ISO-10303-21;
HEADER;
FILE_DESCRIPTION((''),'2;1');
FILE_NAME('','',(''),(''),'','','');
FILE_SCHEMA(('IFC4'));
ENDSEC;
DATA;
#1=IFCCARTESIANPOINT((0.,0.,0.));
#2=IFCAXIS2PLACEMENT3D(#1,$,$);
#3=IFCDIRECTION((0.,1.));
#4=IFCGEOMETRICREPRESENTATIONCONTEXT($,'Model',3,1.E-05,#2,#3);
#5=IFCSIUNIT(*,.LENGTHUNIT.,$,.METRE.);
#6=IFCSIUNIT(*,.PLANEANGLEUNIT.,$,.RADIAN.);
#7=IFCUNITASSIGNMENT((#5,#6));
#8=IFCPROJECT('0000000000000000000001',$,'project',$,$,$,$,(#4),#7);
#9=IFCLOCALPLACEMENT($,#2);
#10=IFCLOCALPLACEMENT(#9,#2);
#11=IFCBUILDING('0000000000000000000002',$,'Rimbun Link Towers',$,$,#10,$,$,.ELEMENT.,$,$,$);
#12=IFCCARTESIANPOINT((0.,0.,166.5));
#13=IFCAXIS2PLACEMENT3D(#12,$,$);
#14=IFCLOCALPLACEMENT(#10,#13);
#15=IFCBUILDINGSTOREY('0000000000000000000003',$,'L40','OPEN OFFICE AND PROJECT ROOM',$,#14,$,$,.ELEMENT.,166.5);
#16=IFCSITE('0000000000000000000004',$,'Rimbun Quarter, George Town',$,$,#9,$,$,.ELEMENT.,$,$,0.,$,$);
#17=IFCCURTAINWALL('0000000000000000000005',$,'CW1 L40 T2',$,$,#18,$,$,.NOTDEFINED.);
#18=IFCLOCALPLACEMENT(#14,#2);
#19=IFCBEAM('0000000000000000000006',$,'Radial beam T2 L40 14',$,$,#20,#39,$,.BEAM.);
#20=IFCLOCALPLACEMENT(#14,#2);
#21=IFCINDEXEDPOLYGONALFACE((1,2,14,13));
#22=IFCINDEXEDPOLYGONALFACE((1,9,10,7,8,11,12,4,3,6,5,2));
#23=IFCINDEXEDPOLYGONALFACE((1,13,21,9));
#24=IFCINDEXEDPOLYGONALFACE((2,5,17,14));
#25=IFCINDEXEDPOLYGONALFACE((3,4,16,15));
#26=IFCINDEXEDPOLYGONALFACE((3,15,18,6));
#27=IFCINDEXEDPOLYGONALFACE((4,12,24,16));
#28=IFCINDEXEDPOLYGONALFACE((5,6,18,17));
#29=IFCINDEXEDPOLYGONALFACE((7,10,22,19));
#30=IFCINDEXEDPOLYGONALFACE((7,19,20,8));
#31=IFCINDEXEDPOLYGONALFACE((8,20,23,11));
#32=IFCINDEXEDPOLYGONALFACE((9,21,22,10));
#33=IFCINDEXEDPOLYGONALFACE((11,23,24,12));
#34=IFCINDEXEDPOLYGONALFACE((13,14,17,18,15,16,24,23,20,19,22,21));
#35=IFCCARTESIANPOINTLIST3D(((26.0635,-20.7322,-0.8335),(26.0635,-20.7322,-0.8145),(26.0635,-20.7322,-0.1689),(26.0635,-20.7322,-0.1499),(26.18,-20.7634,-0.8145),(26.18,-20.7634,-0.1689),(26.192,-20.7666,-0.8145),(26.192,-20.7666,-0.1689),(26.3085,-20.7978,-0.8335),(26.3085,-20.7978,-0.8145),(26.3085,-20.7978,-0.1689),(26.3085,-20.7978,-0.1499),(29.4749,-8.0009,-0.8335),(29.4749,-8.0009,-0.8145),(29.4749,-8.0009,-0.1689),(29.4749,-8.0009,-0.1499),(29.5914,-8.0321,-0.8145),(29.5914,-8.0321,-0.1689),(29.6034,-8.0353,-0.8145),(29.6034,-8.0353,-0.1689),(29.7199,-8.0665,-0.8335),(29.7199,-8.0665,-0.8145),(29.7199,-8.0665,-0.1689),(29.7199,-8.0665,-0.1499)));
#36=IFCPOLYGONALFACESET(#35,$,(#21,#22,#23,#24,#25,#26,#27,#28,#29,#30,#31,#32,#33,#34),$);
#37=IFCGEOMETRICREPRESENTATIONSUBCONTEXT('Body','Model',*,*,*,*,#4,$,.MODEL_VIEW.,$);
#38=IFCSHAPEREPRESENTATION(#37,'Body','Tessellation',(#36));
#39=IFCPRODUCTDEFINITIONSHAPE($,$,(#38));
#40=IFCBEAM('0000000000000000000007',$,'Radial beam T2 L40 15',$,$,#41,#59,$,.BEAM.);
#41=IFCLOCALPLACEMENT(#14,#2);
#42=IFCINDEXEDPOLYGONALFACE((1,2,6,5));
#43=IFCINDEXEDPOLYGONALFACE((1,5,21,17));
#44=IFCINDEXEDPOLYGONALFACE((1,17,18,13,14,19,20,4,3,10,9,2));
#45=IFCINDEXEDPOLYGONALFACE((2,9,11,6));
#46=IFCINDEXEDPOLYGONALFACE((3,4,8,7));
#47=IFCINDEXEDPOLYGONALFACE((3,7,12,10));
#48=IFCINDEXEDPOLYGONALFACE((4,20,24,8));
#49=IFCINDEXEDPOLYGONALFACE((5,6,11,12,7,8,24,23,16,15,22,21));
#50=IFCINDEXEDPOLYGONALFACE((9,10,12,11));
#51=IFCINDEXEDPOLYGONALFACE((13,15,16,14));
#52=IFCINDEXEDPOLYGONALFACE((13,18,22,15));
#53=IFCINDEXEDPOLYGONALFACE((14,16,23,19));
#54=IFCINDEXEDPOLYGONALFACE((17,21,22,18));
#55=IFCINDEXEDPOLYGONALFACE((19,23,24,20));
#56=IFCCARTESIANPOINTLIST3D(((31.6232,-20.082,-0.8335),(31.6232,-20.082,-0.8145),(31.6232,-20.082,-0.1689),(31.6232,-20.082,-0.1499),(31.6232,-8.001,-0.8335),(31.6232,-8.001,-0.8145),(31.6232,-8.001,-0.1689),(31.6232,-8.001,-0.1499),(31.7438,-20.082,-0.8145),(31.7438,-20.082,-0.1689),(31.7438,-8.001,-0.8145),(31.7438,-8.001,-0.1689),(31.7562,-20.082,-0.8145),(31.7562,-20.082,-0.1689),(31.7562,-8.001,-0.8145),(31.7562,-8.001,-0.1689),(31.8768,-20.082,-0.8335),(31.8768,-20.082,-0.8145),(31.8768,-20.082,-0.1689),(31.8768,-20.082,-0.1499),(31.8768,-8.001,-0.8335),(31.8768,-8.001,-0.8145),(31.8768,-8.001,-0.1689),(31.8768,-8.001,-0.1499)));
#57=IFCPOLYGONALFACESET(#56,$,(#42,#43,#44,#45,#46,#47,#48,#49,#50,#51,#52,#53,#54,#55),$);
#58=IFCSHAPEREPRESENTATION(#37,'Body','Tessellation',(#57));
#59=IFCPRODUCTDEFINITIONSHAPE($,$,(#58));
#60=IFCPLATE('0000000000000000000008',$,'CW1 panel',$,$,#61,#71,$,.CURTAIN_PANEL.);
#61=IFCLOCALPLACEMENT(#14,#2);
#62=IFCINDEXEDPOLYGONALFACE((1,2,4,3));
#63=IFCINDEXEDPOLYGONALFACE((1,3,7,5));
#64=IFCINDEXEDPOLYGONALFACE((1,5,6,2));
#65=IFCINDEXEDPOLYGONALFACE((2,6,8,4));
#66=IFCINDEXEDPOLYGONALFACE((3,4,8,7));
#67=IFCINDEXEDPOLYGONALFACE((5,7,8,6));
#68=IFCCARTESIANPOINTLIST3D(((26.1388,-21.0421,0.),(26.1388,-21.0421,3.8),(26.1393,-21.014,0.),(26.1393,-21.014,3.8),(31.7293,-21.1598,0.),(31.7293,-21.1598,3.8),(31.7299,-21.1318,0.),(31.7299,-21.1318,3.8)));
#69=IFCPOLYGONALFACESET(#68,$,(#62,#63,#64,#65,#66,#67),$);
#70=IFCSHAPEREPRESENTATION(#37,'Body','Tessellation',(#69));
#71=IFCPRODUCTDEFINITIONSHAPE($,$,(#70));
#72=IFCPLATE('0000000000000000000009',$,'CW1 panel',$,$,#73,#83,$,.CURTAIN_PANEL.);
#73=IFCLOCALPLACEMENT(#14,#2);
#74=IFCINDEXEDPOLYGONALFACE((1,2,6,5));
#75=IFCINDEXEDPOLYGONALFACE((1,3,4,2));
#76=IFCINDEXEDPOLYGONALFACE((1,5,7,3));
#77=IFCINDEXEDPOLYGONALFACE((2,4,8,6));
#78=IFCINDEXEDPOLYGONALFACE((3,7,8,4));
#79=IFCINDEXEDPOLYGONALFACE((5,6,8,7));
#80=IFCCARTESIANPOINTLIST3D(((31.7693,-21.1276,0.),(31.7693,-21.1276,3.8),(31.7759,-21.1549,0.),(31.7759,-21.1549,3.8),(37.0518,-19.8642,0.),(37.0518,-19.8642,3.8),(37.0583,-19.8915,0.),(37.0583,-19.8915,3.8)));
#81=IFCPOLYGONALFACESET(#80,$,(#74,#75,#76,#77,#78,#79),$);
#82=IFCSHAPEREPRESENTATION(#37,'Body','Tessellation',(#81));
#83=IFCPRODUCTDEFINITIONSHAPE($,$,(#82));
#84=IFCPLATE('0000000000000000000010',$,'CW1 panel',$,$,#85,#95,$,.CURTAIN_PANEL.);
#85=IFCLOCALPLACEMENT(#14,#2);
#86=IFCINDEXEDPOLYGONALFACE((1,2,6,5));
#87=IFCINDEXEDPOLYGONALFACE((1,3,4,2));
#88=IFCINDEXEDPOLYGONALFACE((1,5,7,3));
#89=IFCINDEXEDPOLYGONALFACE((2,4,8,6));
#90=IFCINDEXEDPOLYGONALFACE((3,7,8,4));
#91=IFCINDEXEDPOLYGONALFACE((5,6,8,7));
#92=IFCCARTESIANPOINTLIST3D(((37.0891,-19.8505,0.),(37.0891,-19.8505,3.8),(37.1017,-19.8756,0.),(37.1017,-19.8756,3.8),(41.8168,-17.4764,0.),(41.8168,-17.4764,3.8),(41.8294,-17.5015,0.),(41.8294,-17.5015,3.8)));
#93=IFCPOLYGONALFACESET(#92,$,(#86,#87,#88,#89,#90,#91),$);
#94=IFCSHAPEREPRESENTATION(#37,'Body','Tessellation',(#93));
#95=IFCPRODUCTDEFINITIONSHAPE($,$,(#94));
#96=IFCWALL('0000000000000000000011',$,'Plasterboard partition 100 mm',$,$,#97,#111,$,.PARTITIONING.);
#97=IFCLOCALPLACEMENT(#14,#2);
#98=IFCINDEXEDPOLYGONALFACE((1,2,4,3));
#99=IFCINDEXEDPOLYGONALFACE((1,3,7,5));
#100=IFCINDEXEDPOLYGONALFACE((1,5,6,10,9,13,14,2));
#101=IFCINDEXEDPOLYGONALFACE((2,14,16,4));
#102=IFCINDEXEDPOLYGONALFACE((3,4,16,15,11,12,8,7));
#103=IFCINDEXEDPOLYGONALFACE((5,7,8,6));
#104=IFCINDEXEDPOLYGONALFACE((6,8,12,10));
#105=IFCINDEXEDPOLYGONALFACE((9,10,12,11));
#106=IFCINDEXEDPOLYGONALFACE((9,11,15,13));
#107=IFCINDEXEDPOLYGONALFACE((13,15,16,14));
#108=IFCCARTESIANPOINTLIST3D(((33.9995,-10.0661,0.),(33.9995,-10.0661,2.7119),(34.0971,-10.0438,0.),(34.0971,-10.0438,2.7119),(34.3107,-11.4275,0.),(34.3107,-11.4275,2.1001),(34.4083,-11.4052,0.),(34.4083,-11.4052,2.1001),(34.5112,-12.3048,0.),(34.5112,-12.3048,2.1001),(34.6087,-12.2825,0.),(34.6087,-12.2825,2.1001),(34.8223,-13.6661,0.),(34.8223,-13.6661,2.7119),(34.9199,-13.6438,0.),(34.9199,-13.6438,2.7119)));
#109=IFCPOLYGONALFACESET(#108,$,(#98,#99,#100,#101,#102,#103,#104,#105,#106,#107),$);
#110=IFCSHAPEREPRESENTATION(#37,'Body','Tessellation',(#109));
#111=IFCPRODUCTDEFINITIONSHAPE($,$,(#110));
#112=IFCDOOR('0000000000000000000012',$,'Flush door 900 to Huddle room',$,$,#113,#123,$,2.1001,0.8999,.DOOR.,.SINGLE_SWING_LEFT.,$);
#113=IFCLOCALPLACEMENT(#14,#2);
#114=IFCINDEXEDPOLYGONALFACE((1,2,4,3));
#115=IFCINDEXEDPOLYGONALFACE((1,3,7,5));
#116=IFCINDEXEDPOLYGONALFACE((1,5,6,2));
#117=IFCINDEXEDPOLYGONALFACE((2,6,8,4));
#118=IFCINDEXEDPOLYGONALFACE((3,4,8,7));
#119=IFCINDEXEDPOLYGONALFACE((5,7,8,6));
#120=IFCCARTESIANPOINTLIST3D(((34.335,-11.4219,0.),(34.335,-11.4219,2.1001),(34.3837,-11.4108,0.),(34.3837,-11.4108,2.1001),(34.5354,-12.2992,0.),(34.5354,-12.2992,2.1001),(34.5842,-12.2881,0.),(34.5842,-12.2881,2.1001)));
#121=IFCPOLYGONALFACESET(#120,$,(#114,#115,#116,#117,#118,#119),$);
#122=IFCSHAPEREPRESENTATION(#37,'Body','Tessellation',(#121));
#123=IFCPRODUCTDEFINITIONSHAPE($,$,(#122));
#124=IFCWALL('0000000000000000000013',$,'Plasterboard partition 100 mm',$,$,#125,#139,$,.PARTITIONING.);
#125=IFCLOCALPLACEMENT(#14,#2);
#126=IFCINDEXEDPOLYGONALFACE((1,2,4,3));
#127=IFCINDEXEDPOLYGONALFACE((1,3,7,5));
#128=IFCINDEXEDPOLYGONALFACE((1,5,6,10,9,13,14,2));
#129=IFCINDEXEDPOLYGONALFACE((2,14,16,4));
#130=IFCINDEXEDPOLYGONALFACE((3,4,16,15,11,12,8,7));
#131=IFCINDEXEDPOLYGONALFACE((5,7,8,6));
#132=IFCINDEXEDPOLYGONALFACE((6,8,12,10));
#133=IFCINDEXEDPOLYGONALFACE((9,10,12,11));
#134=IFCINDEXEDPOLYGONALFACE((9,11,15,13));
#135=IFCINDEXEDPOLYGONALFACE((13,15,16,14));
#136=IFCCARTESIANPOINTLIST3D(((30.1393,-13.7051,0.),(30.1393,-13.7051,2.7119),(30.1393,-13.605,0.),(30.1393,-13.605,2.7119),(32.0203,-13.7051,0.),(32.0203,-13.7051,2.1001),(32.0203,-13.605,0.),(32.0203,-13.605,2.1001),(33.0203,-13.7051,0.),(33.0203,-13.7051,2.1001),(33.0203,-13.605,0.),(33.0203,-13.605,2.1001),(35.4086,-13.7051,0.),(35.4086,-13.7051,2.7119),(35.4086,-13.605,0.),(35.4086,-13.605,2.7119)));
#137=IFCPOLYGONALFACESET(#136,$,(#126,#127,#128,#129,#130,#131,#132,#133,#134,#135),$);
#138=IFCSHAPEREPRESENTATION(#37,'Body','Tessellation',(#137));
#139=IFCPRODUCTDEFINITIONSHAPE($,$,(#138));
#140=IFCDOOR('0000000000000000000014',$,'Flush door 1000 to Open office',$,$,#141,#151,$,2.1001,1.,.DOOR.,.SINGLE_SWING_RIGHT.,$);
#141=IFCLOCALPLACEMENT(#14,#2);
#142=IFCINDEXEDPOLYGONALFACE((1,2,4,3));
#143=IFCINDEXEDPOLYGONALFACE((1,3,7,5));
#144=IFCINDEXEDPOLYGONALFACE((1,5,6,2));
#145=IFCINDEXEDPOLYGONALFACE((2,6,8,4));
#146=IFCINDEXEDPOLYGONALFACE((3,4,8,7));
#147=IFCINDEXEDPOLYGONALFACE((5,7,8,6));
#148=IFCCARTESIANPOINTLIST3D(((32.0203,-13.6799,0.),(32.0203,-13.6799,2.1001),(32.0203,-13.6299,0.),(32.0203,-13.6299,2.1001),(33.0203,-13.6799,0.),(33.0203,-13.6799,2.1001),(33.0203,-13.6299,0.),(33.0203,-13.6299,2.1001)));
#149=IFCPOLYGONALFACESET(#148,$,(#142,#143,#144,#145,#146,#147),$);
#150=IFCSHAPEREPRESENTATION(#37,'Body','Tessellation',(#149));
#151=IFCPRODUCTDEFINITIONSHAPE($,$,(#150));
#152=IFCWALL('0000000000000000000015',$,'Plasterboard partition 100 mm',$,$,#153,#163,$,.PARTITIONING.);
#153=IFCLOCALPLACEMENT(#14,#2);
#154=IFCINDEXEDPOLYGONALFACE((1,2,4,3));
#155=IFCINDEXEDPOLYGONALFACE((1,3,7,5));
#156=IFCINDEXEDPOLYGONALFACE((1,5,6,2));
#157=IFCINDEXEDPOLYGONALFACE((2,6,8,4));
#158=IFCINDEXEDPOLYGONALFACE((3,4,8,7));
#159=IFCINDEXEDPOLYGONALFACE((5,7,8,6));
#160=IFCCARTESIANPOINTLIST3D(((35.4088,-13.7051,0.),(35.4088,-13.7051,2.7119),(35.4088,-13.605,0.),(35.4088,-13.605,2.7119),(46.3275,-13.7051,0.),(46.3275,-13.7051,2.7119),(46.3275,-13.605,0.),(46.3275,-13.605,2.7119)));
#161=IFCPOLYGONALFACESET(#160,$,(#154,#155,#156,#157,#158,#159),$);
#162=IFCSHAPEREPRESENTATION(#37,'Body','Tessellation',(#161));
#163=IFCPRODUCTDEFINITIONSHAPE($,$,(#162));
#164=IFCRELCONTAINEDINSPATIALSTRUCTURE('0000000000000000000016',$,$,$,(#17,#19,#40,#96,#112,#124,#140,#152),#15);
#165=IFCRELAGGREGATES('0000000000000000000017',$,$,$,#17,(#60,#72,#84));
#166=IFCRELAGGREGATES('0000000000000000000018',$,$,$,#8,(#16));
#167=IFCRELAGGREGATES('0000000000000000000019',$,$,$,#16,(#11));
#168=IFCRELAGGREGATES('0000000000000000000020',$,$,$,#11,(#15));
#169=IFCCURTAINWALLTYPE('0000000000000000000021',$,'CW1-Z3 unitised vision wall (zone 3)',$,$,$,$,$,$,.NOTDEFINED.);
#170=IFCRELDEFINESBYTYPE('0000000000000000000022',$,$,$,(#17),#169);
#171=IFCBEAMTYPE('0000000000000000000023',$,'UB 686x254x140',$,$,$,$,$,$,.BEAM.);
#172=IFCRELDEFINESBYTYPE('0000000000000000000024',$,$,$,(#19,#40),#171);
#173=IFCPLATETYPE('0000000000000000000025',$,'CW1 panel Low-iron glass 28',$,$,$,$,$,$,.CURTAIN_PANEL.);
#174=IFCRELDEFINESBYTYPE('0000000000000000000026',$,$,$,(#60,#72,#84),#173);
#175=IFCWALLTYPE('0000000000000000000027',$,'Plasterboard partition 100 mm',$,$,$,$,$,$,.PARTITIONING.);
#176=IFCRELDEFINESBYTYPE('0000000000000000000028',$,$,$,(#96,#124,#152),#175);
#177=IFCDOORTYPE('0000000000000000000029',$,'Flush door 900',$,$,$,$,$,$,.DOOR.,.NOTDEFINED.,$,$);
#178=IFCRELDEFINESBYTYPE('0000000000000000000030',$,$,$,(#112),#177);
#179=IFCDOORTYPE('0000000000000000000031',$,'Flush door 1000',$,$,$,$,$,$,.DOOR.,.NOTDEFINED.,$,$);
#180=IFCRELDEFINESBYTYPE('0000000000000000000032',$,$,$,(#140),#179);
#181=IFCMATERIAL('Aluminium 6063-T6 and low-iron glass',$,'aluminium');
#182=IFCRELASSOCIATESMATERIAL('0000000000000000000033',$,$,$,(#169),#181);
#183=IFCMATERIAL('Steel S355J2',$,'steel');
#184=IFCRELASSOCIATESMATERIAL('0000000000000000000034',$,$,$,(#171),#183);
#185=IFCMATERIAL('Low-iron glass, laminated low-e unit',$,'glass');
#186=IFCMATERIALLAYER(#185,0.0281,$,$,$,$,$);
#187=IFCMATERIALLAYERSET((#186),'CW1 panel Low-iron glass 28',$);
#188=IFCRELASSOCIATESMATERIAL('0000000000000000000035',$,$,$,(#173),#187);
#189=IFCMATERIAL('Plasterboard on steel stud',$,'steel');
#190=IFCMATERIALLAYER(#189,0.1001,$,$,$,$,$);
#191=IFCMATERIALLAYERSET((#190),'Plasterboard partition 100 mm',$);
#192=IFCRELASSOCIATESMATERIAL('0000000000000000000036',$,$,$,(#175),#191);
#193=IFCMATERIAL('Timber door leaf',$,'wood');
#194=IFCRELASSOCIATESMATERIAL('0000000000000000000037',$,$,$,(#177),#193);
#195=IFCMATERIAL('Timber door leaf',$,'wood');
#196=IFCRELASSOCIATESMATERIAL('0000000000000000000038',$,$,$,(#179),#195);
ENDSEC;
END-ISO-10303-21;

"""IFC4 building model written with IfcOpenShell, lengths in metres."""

from ifc_helpers import new_model, si_unit, direction, frame, frame_2d, origin, origin_2d, place, context, subcontext, project, spatial, rectangle, i_section, extrude, material, layer, layer_set, material_profile, profile_set, type_object, element, fill, aggregate, save


model = new_model("IFC4")

# Units and contexts
model_context = context("Model", 3, precision=1e-05, world=origin(), true_north=direction((0.0, 1.0)))
body_context = subcontext(model_context, "Body", "Model", "MODEL_VIEW")
ifc_project = project(units=[si_unit("LENGTHUNIT", "METRE"), si_unit("PLANEANGLEUNIT", "RADIAN")], contexts=[model_context])

# Site, building, storey
site_placement = place(None, origin())
site = spatial("IfcSite", under=ifc_project, at=site_placement, Name="Rimbun Quarter, George Town", CompositionType="ELEMENT", RefElevation=0.0)
building_placement = place(site_placement, origin())
building = spatial("IfcBuilding", under=site, at=building_placement, Name="Rimbun Link Towers", CompositionType="ELEMENT")
storey_placement = place(building_placement, frame((0.0, 0.0, 166.5)))
storey = spatial("IfcBuildingStorey", under=building, at=storey_placement, Name="L40", Description="OPEN OFFICE AND PROJECT ROOM", CompositionType="ELEMENT", Elevation=166.5)

# Curtain wall
ifc_material_1 = material(Name="Aluminium 6063-T6 and low-iron glass", Category="aluminium")
curtain_wall_type = type_object("IfcCurtainWallType", Name="CW1-Z3 unitised vision wall (zone 3)", PredefinedType="NOTDEFINED", material=ifc_material_1)
curtain_wall_placement = place(storey_placement, origin())
curtain_wall = element("IfcCurtainWall", 1, at=curtain_wall_placement, inside=storey, type_object=curtain_wall_type, Name="CW1 L40 T2", PredefinedType="NOTDEFINED")

# Beams
ifc_material_2 = material(Name="Steel S355J2", Category="steel")
ifc_material_profile_1 = material_profile(ifc_material_2, i_section(OverallWidth=0.2537, OverallDepth=0.6836, WebThickness=0.0125, FlangeThickness=0.019, at=origin_2d()), Name="UB 686x254x140")
ifc_profile_set_1 = profile_set([ifc_material_profile_1], Name="Steel S355J2")
beam_type_1 = type_object("IfcBeamType", Name="UB 686x254x140", PredefinedType="BEAM", material=ifc_profile_set_1)
beam_1_placement = place(storey_placement, frame((29.5974, -8.0337, -0.4917), z_axis=(-0.258823, -0.965925, 0.0), x_axis=(0.965925, -0.258823, 0.0)))
element("IfcBeam", 2, at=beam_1_placement, inside=storey, type_object=beam_type_1, Name="Radial beam T2 L40 14", PredefinedType="BEAM", context=body_context, shape_type="SweptSolid", body=[
    extrude(i_section(OverallWidth=0.2537, OverallDepth=0.6836, WebThickness=0.0125, FlangeThickness=0.019, at=origin_2d()), origin(), (0.0, 0.0, 1.0), 13.1804),
])
beam_2_placement = place(storey_placement, frame((31.75, -8.001, -0.4917), z_axis=(0.0, -1.0, 0.0), x_axis=(1.0, 0.0, 0.0)))
element("IfcBeam", 3, at=beam_2_placement, inside=storey, type_object=beam_type_1, Name="Radial beam T2 L40 15", PredefinedType="BEAM", context=body_context, shape_type="SweptSolid", body=[
    extrude(i_section(OverallWidth=0.2537, OverallDepth=0.6836, WebThickness=0.0125, FlangeThickness=0.019, at=origin_2d()), origin(), (0.0, 0.0, 1.0), 12.0811),
])

# Plates
ifc_material_3 = material(Name="Low-iron glass, laminated low-e unit", Category="glass")
ifc_layer_1 = layer(ifc_material_3, 0.0281)
ifc_layer_set_1 = layer_set([ifc_layer_1], Name="CW1 panel Low-iron glass 28")
plate_type = type_object("IfcPlateType", Name="CW1 panel Low-iron glass 28", PredefinedType="CURTAIN_PANEL", material=ifc_layer_set_1)
plate_1_placement = place(storey_placement, frame((28.9343, -21.0869, 0.0), z_axis=(0.0, 0.0, 1.0), x_axis=(-0.999778, 0.021059, 0.0)))
plate_1 = element("IfcPlate", 4, at=plate_1_placement, type_object=plate_type, Name="CW1 panel", PredefinedType="CURTAIN_PANEL", context=body_context, shape_type="SweptSolid", body=[
    extrude(rectangle(XDim=5.5918, YDim=0.0281, at=origin_2d()), origin(), (0.0, 0.0, 1.0), 3.8),
])
plate_2_placement = place(storey_placement, frame((34.4138, -20.5095, 0.0), z_axis=(0.0, 0.0, 1.0), x_axis=(-0.97257, -0.23261, 0.0)))
plate_2 = element("IfcPlate", 5, at=plate_2_placement, type_object=plate_type, Name="CW1 panel", PredefinedType="CURTAIN_PANEL", context=body_context, shape_type="SweptSolid", body=[
    extrude(rectangle(XDim=5.4314, YDim=0.0281, at=origin_2d()), origin(), (0.0, 0.0, 1.0), 3.8),
])
plate_3_placement = place(storey_placement, frame((39.4592, -18.676, 0.0), z_axis=(0.0, 0.0, 1.0), x_axis=(-0.893649, -0.448766, 0.0)))
plate_3 = element("IfcPlate", 6, at=plate_3_placement, type_object=plate_type, Name="CW1 panel", PredefinedType="CURTAIN_PANEL", context=body_context, shape_type="SweptSolid", body=[
    extrude(rectangle(XDim=5.2903, YDim=0.0281, at=origin_2d()), origin(), (0.0, 0.0, 1.0), 3.8),
])
aggregate(curtain_wall, [plate_1, plate_2, plate_3])

# Walls, openings, doors
ifc_material_4 = material(Name="Plasterboard on steel stud", Category="steel")
ifc_layer_2 = layer(ifc_material_4, 0.1001)
ifc_layer_set_2 = layer_set([ifc_layer_2], Name="Plasterboard partition 100 mm")
wall_type_1 = type_object("IfcWallType", Name="Plasterboard partition 100 mm", PredefinedType="PARTITIONING", material=ifc_layer_set_2)
wall_1_placement = place(storey_placement, frame((34.0483, -10.0549, 0.0), z_axis=(0.0, 0.0, 1.0), x_axis=(0.222792, -0.974866, 0.0)))
wall_1 = element("IfcWall", 7, at=wall_1_placement, inside=storey, type_object=wall_type_1, Name="Plasterboard partition 100 mm", PredefinedType="PARTITIONING", context=body_context, shape_type="SweptSolid", body=[
    extrude(rectangle(XDim=3.6929, YDim=0.1001, at=frame_2d((1.8464, 0.0))), origin(), (0.0, 0.0, 1.0), 2.7119),
])
opening_1_placement = place(wall_1_placement, frame((1.3965, 0.0, 0.0)))
opening_1 = element("IfcOpeningElement", 8, at=opening_1_placement, cuts=wall_1, PredefinedType="OPENING", context=body_context, shape_type="SweptSolid", body=[
    extrude(rectangle(XDim=0.8999, YDim=2.1001, at=frame_2d((0.45, 1.05))), frame((0.0, 0.0601, 0.0), z_axis=(0.0, -1.0, 0.0), x_axis=(1.0, 0.0, 0.0)), (0.0, 0.0, 1.0), 0.1201),
])
ifc_material_5 = material(Name="Timber door leaf", Category="wood")
door_type_1 = type_object("IfcDoorType", Name="Flush door 900", OperationType="NOTDEFINED", PredefinedType="DOOR", material=ifc_material_5)
door_1_placement = place(opening_1_placement, origin())
door_1 = element("IfcDoor", 9, at=door_1_placement, inside=storey, type_object=door_type_1, Name="Flush door 900 to Huddle room", OperationType="SINGLE_SWING_LEFT", OverallHeight=2.1001, OverallWidth=0.8999, PredefinedType="DOOR", context=body_context, shape_type="SweptSolid", body=[
    extrude(rectangle(XDim=0.8999, YDim=2.1001, at=frame_2d((0.45, 1.05))), frame((0.0, 0.0249, 0.0), z_axis=(0.0, -1.0, 0.0), x_axis=(1.0, 0.0, 0.0)), (0.0, 0.0, 1.0), 0.05),
])
fill(opening_1, door_1)
wall_2_placement = place(storey_placement, frame((35.4087, -13.655, 0.0), z_axis=(0.0, 0.0, 1.0), x_axis=(-1.0, 0.0, 0.0)))
wall_2 = element("IfcWall", 10, at=wall_2_placement, inside=storey, type_object=wall_type_1, Name="Plasterboard partition 100 mm", PredefinedType="PARTITIONING", context=body_context, shape_type="SweptSolid", body=[
    extrude(rectangle(XDim=5.2693, YDim=0.1001, at=frame_2d((2.6348, 0.0))), origin(), (0.0, 0.0, 1.0), 2.7119),
])
opening_2_placement = place(wall_2_placement, frame((2.3884, 0.0, 0.0)))
opening_2 = element("IfcOpeningElement", 11, at=opening_2_placement, cuts=wall_2, PredefinedType="OPENING", context=body_context, shape_type="SweptSolid", body=[
    extrude(rectangle(XDim=1.0, YDim=2.1001, at=frame_2d((0.5, 1.05))), frame((0.0, 0.0601, 0.0), z_axis=(0.0, -1.0, 0.0), x_axis=(1.0, 0.0, 0.0)), (0.0, 0.0, 1.0), 0.1201),
])
ifc_material_6 = material(Name="Timber door leaf", Category="wood")
door_type_2 = type_object("IfcDoorType", Name="Flush door 1000", OperationType="NOTDEFINED", PredefinedType="DOOR", material=ifc_material_6)
door_2_placement = place(opening_2_placement, origin())
door_2 = element("IfcDoor", 12, at=door_2_placement, inside=storey, type_object=door_type_2, Name="Flush door 1000 to Open office", OperationType="SINGLE_SWING_RIGHT", OverallHeight=2.1001, OverallWidth=1.0, PredefinedType="DOOR", context=body_context, shape_type="SweptSolid", body=[
    extrude(rectangle(XDim=1.0, YDim=2.1001, at=frame_2d((0.5, 1.05))), frame((0.0, 0.0249, 0.0), z_axis=(0.0, -1.0, 0.0), x_axis=(1.0, 0.0, 0.0)), (0.0, 0.0, 1.0), 0.05),
])
fill(opening_2, door_2)

# Wall
wall_3_placement = place(storey_placement, frame((35.4087, -13.655, 0.0), z_axis=(0.0, 0.0, 1.0), x_axis=(1.0, 0.0, 0.0)))
element("IfcWall", 13, at=wall_3_placement, inside=storey, type_object=wall_type_1, Name="Plasterboard partition 100 mm", PredefinedType="PARTITIONING", context=body_context, shape_type="SweptSolid", body=[
    extrude(rectangle(XDim=10.9187, YDim=0.1001, at=frame_2d((5.4595, 0.0))), origin(), (0.0, 0.0, 1.0), 2.7119),
])

save(model, "model.ifc")
